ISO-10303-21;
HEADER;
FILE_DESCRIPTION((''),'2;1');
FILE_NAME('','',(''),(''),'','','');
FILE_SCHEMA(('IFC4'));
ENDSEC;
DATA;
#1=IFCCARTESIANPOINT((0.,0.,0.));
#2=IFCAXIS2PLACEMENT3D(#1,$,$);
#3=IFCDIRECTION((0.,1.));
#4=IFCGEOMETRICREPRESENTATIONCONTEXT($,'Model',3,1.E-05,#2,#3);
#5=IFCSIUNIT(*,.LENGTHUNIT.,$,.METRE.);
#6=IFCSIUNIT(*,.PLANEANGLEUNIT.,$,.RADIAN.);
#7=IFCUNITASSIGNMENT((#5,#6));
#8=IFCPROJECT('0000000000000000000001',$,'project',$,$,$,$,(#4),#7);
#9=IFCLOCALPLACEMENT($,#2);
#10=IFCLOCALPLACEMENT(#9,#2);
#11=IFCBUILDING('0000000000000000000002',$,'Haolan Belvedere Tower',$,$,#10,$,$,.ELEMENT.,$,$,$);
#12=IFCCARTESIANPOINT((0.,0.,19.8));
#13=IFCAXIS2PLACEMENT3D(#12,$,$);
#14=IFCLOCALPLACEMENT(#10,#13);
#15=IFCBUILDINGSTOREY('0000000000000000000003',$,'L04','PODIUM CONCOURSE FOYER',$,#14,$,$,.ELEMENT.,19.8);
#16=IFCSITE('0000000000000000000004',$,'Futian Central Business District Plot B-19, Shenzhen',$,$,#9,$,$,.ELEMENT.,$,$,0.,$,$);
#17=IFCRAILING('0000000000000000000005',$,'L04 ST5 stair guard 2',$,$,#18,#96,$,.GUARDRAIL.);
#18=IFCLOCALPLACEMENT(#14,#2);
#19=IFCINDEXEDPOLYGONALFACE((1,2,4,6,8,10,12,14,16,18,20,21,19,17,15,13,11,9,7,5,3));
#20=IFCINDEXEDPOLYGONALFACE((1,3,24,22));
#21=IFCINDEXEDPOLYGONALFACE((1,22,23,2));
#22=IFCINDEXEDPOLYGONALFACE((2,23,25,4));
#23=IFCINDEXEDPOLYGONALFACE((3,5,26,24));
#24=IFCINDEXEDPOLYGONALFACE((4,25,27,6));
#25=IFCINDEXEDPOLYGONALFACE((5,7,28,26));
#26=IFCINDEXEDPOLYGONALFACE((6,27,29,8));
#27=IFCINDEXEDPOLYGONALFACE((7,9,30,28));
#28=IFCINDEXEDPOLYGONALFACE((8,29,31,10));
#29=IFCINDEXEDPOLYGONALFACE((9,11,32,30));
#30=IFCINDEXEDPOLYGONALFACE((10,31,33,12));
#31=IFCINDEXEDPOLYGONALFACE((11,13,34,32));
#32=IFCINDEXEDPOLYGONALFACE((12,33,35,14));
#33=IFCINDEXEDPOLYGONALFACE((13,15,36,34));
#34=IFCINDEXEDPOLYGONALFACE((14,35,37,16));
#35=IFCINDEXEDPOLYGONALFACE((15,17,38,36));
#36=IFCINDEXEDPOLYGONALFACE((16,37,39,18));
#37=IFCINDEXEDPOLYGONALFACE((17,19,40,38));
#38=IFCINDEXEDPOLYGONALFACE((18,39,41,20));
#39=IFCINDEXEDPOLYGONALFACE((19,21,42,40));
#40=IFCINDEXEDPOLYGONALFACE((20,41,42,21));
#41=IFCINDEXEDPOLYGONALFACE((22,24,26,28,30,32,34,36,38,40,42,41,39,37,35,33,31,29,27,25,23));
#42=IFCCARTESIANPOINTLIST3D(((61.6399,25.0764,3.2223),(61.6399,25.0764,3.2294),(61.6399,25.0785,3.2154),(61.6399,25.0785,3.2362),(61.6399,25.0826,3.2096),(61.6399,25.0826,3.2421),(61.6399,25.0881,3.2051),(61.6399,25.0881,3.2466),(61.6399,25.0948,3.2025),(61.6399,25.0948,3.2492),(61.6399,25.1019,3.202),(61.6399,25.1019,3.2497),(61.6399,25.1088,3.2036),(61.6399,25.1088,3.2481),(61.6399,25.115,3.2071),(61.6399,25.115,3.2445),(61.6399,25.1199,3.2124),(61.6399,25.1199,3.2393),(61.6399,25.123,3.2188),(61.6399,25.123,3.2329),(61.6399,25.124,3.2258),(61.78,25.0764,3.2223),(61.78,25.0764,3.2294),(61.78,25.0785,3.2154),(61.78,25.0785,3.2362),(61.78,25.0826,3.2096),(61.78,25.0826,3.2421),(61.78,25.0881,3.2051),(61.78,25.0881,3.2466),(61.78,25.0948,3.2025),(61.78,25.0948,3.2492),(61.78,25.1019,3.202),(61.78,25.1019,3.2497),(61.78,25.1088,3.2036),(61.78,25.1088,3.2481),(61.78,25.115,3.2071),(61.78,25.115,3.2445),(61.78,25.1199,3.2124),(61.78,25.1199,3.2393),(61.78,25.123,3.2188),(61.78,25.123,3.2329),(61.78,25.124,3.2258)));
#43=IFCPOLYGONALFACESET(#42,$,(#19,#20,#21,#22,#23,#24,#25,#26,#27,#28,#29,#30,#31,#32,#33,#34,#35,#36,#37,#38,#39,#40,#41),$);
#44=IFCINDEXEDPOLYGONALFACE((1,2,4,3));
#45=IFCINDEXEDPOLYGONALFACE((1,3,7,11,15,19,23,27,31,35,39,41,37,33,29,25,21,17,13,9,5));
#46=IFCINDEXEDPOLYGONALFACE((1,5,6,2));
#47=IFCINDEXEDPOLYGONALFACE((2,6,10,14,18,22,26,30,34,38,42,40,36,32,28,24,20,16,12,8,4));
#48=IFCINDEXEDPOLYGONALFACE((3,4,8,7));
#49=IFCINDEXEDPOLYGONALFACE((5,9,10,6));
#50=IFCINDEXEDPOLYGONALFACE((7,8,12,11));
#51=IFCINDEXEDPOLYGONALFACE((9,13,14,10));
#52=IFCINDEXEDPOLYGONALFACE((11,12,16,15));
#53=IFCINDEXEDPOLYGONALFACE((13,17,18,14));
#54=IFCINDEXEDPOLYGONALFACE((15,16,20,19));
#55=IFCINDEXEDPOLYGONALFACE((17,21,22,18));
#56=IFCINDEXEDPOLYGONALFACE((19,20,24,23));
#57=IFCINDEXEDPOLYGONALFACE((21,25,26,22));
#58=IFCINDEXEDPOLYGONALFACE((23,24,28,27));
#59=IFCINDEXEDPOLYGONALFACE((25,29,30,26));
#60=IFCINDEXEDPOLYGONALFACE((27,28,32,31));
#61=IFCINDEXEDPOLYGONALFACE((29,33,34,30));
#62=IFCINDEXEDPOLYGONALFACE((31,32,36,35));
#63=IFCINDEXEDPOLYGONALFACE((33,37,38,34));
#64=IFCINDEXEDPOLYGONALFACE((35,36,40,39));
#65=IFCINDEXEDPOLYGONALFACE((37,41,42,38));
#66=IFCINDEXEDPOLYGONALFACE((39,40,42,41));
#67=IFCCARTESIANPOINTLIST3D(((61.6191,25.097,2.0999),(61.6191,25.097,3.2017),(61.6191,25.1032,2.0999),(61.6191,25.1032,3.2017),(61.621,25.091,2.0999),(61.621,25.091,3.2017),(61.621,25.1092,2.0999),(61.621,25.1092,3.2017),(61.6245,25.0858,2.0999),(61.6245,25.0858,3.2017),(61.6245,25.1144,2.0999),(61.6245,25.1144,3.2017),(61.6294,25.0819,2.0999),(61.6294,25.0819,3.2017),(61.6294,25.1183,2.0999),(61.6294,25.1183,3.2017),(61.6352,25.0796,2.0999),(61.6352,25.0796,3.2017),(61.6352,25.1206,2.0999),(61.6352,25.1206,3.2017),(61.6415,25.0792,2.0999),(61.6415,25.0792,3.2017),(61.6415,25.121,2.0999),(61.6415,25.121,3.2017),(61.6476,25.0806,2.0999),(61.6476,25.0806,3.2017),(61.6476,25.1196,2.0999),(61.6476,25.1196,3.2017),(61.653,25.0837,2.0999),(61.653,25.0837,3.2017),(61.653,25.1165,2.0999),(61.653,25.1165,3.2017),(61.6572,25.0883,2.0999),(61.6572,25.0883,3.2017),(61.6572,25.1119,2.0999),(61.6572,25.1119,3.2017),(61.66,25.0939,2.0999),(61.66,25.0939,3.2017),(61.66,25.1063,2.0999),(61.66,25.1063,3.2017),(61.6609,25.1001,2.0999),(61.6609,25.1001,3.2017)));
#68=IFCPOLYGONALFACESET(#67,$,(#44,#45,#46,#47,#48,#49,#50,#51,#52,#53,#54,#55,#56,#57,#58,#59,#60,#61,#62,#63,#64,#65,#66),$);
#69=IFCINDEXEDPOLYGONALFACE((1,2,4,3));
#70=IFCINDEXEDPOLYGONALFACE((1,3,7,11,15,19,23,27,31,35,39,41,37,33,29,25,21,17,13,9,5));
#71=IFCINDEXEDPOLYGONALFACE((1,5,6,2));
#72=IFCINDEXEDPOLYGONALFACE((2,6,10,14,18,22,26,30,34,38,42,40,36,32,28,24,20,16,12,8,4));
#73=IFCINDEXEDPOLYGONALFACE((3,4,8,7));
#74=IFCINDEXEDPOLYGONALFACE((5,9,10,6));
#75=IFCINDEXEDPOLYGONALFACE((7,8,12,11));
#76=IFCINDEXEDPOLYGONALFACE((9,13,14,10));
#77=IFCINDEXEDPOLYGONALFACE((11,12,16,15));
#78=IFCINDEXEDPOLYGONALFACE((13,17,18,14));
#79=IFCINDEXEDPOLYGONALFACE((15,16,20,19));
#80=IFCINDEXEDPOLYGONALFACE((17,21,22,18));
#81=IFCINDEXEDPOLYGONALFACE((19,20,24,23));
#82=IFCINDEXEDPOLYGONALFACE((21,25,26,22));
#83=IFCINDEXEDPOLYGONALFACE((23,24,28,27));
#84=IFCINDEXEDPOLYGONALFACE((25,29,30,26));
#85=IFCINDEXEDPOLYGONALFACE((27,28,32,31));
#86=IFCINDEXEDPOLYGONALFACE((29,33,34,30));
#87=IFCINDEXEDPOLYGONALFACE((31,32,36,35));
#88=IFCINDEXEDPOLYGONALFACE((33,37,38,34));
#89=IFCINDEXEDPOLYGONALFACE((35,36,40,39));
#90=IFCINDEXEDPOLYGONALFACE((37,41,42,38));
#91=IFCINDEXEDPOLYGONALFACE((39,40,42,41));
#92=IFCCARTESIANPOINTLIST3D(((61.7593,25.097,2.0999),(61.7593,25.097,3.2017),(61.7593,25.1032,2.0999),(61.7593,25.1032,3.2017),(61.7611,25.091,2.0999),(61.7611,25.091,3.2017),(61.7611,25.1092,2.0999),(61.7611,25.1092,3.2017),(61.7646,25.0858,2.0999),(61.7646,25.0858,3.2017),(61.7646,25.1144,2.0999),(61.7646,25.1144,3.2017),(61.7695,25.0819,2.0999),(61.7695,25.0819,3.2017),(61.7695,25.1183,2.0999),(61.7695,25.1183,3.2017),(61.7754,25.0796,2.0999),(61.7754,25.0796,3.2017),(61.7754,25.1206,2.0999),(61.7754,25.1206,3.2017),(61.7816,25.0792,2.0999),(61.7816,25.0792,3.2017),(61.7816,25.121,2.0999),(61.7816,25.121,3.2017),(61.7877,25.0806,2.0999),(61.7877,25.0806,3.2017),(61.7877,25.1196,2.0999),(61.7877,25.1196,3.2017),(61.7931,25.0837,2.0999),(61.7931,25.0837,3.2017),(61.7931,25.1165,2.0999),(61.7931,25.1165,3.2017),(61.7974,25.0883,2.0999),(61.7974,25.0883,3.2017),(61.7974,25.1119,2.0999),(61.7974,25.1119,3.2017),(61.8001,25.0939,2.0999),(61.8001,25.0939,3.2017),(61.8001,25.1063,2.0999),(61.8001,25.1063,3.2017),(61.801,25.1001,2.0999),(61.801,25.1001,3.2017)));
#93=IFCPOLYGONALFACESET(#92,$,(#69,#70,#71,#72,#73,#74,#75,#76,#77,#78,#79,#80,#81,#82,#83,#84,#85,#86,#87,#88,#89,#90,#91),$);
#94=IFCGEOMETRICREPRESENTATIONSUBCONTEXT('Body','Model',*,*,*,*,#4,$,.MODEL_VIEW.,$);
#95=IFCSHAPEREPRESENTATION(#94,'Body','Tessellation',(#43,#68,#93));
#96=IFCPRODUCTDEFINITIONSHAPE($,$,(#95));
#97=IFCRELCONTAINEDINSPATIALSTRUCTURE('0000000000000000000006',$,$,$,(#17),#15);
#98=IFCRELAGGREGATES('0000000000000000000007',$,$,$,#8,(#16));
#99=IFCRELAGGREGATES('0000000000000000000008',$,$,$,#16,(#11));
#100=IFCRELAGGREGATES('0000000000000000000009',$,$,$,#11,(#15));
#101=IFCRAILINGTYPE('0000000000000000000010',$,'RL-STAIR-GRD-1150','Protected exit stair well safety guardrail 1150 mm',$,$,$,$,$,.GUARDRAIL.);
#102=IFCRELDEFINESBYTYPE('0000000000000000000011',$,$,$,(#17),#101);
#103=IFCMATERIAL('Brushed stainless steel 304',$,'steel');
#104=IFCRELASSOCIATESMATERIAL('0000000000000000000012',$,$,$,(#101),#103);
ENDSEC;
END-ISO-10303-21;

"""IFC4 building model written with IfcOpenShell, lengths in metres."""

from ifc_helpers import new_model, si_unit, direction, frame, origin, origin_2d, place, context, subcontext, project, spatial, circle, extrude, material, type_object, element, save


model = new_model("IFC4")

# Units and contexts
model_context = context("Model", 3, precision=1e-05, world=origin(), true_north=direction((0.0, 1.0)))
body_context = subcontext(model_context, "Body", "Model", "MODEL_VIEW")
ifc_project = project(units=[si_unit("LENGTHUNIT", "METRE"), si_unit("PLANEANGLEUNIT", "RADIAN")], contexts=[model_context])

# Site, building, storey
site_placement = place(None, origin())
site = spatial("IfcSite", under=ifc_project, at=site_placement, Name="Futian Central Business District Plot B-19, Shenzhen", CompositionType="ELEMENT", RefElevation=0.0)
building_placement = place(site_placement, origin())
building = spatial("IfcBuilding", under=site, at=building_placement, Name="Haolan Belvedere Tower", CompositionType="ELEMENT")
storey_placement = place(building_placement, frame((0.0, 0.0, 19.8)))
storey = spatial("IfcBuildingStorey", under=building, at=storey_placement, Name="L04", Description="PODIUM CONCOURSE FOYER", CompositionType="ELEMENT", Elevation=19.8)

# Railing
ifc_material_1 = material(Name="Brushed stainless steel 304", Category="steel")
railing_type_1 = type_object("IfcRailingType", Name="RL-STAIR-GRD-1150", Description="Protected exit stair well safety guardrail 1150 mm", PredefinedType="GUARDRAIL", material=ifc_material_1)
railing_1_placement = place(storey_placement, frame((61.6399, 25.1001, 2.0999)))
element("IfcRailing", 1, at=railing_1_placement, inside=storey, type_object=railing_type_1, Name="L04 ST5 stair guard 2", PredefinedType="GUARDRAIL", context=body_context, shape_type="SweptSolid", body=[
    extrude(circle(Radius=0.0239, at=origin_2d()), frame((0.0, 0.0, 1.126), z_axis=(1.0, 0.0, 0.0), x_axis=(0.0, 1.0, 0.0)), (0.0, 0.0, 1.0), 0.1401),
    extrude(circle(Radius=0.021, at=origin_2d()), origin(), (0.0, 0.0, 1.0), 1.1018),
    extrude(circle(Radius=0.021, at=origin_2d()), frame((0.1401, 0.0, 0.0)), (0.0, 0.0, 1.0), 1.1018),
])

save(model, "model.ifc")
